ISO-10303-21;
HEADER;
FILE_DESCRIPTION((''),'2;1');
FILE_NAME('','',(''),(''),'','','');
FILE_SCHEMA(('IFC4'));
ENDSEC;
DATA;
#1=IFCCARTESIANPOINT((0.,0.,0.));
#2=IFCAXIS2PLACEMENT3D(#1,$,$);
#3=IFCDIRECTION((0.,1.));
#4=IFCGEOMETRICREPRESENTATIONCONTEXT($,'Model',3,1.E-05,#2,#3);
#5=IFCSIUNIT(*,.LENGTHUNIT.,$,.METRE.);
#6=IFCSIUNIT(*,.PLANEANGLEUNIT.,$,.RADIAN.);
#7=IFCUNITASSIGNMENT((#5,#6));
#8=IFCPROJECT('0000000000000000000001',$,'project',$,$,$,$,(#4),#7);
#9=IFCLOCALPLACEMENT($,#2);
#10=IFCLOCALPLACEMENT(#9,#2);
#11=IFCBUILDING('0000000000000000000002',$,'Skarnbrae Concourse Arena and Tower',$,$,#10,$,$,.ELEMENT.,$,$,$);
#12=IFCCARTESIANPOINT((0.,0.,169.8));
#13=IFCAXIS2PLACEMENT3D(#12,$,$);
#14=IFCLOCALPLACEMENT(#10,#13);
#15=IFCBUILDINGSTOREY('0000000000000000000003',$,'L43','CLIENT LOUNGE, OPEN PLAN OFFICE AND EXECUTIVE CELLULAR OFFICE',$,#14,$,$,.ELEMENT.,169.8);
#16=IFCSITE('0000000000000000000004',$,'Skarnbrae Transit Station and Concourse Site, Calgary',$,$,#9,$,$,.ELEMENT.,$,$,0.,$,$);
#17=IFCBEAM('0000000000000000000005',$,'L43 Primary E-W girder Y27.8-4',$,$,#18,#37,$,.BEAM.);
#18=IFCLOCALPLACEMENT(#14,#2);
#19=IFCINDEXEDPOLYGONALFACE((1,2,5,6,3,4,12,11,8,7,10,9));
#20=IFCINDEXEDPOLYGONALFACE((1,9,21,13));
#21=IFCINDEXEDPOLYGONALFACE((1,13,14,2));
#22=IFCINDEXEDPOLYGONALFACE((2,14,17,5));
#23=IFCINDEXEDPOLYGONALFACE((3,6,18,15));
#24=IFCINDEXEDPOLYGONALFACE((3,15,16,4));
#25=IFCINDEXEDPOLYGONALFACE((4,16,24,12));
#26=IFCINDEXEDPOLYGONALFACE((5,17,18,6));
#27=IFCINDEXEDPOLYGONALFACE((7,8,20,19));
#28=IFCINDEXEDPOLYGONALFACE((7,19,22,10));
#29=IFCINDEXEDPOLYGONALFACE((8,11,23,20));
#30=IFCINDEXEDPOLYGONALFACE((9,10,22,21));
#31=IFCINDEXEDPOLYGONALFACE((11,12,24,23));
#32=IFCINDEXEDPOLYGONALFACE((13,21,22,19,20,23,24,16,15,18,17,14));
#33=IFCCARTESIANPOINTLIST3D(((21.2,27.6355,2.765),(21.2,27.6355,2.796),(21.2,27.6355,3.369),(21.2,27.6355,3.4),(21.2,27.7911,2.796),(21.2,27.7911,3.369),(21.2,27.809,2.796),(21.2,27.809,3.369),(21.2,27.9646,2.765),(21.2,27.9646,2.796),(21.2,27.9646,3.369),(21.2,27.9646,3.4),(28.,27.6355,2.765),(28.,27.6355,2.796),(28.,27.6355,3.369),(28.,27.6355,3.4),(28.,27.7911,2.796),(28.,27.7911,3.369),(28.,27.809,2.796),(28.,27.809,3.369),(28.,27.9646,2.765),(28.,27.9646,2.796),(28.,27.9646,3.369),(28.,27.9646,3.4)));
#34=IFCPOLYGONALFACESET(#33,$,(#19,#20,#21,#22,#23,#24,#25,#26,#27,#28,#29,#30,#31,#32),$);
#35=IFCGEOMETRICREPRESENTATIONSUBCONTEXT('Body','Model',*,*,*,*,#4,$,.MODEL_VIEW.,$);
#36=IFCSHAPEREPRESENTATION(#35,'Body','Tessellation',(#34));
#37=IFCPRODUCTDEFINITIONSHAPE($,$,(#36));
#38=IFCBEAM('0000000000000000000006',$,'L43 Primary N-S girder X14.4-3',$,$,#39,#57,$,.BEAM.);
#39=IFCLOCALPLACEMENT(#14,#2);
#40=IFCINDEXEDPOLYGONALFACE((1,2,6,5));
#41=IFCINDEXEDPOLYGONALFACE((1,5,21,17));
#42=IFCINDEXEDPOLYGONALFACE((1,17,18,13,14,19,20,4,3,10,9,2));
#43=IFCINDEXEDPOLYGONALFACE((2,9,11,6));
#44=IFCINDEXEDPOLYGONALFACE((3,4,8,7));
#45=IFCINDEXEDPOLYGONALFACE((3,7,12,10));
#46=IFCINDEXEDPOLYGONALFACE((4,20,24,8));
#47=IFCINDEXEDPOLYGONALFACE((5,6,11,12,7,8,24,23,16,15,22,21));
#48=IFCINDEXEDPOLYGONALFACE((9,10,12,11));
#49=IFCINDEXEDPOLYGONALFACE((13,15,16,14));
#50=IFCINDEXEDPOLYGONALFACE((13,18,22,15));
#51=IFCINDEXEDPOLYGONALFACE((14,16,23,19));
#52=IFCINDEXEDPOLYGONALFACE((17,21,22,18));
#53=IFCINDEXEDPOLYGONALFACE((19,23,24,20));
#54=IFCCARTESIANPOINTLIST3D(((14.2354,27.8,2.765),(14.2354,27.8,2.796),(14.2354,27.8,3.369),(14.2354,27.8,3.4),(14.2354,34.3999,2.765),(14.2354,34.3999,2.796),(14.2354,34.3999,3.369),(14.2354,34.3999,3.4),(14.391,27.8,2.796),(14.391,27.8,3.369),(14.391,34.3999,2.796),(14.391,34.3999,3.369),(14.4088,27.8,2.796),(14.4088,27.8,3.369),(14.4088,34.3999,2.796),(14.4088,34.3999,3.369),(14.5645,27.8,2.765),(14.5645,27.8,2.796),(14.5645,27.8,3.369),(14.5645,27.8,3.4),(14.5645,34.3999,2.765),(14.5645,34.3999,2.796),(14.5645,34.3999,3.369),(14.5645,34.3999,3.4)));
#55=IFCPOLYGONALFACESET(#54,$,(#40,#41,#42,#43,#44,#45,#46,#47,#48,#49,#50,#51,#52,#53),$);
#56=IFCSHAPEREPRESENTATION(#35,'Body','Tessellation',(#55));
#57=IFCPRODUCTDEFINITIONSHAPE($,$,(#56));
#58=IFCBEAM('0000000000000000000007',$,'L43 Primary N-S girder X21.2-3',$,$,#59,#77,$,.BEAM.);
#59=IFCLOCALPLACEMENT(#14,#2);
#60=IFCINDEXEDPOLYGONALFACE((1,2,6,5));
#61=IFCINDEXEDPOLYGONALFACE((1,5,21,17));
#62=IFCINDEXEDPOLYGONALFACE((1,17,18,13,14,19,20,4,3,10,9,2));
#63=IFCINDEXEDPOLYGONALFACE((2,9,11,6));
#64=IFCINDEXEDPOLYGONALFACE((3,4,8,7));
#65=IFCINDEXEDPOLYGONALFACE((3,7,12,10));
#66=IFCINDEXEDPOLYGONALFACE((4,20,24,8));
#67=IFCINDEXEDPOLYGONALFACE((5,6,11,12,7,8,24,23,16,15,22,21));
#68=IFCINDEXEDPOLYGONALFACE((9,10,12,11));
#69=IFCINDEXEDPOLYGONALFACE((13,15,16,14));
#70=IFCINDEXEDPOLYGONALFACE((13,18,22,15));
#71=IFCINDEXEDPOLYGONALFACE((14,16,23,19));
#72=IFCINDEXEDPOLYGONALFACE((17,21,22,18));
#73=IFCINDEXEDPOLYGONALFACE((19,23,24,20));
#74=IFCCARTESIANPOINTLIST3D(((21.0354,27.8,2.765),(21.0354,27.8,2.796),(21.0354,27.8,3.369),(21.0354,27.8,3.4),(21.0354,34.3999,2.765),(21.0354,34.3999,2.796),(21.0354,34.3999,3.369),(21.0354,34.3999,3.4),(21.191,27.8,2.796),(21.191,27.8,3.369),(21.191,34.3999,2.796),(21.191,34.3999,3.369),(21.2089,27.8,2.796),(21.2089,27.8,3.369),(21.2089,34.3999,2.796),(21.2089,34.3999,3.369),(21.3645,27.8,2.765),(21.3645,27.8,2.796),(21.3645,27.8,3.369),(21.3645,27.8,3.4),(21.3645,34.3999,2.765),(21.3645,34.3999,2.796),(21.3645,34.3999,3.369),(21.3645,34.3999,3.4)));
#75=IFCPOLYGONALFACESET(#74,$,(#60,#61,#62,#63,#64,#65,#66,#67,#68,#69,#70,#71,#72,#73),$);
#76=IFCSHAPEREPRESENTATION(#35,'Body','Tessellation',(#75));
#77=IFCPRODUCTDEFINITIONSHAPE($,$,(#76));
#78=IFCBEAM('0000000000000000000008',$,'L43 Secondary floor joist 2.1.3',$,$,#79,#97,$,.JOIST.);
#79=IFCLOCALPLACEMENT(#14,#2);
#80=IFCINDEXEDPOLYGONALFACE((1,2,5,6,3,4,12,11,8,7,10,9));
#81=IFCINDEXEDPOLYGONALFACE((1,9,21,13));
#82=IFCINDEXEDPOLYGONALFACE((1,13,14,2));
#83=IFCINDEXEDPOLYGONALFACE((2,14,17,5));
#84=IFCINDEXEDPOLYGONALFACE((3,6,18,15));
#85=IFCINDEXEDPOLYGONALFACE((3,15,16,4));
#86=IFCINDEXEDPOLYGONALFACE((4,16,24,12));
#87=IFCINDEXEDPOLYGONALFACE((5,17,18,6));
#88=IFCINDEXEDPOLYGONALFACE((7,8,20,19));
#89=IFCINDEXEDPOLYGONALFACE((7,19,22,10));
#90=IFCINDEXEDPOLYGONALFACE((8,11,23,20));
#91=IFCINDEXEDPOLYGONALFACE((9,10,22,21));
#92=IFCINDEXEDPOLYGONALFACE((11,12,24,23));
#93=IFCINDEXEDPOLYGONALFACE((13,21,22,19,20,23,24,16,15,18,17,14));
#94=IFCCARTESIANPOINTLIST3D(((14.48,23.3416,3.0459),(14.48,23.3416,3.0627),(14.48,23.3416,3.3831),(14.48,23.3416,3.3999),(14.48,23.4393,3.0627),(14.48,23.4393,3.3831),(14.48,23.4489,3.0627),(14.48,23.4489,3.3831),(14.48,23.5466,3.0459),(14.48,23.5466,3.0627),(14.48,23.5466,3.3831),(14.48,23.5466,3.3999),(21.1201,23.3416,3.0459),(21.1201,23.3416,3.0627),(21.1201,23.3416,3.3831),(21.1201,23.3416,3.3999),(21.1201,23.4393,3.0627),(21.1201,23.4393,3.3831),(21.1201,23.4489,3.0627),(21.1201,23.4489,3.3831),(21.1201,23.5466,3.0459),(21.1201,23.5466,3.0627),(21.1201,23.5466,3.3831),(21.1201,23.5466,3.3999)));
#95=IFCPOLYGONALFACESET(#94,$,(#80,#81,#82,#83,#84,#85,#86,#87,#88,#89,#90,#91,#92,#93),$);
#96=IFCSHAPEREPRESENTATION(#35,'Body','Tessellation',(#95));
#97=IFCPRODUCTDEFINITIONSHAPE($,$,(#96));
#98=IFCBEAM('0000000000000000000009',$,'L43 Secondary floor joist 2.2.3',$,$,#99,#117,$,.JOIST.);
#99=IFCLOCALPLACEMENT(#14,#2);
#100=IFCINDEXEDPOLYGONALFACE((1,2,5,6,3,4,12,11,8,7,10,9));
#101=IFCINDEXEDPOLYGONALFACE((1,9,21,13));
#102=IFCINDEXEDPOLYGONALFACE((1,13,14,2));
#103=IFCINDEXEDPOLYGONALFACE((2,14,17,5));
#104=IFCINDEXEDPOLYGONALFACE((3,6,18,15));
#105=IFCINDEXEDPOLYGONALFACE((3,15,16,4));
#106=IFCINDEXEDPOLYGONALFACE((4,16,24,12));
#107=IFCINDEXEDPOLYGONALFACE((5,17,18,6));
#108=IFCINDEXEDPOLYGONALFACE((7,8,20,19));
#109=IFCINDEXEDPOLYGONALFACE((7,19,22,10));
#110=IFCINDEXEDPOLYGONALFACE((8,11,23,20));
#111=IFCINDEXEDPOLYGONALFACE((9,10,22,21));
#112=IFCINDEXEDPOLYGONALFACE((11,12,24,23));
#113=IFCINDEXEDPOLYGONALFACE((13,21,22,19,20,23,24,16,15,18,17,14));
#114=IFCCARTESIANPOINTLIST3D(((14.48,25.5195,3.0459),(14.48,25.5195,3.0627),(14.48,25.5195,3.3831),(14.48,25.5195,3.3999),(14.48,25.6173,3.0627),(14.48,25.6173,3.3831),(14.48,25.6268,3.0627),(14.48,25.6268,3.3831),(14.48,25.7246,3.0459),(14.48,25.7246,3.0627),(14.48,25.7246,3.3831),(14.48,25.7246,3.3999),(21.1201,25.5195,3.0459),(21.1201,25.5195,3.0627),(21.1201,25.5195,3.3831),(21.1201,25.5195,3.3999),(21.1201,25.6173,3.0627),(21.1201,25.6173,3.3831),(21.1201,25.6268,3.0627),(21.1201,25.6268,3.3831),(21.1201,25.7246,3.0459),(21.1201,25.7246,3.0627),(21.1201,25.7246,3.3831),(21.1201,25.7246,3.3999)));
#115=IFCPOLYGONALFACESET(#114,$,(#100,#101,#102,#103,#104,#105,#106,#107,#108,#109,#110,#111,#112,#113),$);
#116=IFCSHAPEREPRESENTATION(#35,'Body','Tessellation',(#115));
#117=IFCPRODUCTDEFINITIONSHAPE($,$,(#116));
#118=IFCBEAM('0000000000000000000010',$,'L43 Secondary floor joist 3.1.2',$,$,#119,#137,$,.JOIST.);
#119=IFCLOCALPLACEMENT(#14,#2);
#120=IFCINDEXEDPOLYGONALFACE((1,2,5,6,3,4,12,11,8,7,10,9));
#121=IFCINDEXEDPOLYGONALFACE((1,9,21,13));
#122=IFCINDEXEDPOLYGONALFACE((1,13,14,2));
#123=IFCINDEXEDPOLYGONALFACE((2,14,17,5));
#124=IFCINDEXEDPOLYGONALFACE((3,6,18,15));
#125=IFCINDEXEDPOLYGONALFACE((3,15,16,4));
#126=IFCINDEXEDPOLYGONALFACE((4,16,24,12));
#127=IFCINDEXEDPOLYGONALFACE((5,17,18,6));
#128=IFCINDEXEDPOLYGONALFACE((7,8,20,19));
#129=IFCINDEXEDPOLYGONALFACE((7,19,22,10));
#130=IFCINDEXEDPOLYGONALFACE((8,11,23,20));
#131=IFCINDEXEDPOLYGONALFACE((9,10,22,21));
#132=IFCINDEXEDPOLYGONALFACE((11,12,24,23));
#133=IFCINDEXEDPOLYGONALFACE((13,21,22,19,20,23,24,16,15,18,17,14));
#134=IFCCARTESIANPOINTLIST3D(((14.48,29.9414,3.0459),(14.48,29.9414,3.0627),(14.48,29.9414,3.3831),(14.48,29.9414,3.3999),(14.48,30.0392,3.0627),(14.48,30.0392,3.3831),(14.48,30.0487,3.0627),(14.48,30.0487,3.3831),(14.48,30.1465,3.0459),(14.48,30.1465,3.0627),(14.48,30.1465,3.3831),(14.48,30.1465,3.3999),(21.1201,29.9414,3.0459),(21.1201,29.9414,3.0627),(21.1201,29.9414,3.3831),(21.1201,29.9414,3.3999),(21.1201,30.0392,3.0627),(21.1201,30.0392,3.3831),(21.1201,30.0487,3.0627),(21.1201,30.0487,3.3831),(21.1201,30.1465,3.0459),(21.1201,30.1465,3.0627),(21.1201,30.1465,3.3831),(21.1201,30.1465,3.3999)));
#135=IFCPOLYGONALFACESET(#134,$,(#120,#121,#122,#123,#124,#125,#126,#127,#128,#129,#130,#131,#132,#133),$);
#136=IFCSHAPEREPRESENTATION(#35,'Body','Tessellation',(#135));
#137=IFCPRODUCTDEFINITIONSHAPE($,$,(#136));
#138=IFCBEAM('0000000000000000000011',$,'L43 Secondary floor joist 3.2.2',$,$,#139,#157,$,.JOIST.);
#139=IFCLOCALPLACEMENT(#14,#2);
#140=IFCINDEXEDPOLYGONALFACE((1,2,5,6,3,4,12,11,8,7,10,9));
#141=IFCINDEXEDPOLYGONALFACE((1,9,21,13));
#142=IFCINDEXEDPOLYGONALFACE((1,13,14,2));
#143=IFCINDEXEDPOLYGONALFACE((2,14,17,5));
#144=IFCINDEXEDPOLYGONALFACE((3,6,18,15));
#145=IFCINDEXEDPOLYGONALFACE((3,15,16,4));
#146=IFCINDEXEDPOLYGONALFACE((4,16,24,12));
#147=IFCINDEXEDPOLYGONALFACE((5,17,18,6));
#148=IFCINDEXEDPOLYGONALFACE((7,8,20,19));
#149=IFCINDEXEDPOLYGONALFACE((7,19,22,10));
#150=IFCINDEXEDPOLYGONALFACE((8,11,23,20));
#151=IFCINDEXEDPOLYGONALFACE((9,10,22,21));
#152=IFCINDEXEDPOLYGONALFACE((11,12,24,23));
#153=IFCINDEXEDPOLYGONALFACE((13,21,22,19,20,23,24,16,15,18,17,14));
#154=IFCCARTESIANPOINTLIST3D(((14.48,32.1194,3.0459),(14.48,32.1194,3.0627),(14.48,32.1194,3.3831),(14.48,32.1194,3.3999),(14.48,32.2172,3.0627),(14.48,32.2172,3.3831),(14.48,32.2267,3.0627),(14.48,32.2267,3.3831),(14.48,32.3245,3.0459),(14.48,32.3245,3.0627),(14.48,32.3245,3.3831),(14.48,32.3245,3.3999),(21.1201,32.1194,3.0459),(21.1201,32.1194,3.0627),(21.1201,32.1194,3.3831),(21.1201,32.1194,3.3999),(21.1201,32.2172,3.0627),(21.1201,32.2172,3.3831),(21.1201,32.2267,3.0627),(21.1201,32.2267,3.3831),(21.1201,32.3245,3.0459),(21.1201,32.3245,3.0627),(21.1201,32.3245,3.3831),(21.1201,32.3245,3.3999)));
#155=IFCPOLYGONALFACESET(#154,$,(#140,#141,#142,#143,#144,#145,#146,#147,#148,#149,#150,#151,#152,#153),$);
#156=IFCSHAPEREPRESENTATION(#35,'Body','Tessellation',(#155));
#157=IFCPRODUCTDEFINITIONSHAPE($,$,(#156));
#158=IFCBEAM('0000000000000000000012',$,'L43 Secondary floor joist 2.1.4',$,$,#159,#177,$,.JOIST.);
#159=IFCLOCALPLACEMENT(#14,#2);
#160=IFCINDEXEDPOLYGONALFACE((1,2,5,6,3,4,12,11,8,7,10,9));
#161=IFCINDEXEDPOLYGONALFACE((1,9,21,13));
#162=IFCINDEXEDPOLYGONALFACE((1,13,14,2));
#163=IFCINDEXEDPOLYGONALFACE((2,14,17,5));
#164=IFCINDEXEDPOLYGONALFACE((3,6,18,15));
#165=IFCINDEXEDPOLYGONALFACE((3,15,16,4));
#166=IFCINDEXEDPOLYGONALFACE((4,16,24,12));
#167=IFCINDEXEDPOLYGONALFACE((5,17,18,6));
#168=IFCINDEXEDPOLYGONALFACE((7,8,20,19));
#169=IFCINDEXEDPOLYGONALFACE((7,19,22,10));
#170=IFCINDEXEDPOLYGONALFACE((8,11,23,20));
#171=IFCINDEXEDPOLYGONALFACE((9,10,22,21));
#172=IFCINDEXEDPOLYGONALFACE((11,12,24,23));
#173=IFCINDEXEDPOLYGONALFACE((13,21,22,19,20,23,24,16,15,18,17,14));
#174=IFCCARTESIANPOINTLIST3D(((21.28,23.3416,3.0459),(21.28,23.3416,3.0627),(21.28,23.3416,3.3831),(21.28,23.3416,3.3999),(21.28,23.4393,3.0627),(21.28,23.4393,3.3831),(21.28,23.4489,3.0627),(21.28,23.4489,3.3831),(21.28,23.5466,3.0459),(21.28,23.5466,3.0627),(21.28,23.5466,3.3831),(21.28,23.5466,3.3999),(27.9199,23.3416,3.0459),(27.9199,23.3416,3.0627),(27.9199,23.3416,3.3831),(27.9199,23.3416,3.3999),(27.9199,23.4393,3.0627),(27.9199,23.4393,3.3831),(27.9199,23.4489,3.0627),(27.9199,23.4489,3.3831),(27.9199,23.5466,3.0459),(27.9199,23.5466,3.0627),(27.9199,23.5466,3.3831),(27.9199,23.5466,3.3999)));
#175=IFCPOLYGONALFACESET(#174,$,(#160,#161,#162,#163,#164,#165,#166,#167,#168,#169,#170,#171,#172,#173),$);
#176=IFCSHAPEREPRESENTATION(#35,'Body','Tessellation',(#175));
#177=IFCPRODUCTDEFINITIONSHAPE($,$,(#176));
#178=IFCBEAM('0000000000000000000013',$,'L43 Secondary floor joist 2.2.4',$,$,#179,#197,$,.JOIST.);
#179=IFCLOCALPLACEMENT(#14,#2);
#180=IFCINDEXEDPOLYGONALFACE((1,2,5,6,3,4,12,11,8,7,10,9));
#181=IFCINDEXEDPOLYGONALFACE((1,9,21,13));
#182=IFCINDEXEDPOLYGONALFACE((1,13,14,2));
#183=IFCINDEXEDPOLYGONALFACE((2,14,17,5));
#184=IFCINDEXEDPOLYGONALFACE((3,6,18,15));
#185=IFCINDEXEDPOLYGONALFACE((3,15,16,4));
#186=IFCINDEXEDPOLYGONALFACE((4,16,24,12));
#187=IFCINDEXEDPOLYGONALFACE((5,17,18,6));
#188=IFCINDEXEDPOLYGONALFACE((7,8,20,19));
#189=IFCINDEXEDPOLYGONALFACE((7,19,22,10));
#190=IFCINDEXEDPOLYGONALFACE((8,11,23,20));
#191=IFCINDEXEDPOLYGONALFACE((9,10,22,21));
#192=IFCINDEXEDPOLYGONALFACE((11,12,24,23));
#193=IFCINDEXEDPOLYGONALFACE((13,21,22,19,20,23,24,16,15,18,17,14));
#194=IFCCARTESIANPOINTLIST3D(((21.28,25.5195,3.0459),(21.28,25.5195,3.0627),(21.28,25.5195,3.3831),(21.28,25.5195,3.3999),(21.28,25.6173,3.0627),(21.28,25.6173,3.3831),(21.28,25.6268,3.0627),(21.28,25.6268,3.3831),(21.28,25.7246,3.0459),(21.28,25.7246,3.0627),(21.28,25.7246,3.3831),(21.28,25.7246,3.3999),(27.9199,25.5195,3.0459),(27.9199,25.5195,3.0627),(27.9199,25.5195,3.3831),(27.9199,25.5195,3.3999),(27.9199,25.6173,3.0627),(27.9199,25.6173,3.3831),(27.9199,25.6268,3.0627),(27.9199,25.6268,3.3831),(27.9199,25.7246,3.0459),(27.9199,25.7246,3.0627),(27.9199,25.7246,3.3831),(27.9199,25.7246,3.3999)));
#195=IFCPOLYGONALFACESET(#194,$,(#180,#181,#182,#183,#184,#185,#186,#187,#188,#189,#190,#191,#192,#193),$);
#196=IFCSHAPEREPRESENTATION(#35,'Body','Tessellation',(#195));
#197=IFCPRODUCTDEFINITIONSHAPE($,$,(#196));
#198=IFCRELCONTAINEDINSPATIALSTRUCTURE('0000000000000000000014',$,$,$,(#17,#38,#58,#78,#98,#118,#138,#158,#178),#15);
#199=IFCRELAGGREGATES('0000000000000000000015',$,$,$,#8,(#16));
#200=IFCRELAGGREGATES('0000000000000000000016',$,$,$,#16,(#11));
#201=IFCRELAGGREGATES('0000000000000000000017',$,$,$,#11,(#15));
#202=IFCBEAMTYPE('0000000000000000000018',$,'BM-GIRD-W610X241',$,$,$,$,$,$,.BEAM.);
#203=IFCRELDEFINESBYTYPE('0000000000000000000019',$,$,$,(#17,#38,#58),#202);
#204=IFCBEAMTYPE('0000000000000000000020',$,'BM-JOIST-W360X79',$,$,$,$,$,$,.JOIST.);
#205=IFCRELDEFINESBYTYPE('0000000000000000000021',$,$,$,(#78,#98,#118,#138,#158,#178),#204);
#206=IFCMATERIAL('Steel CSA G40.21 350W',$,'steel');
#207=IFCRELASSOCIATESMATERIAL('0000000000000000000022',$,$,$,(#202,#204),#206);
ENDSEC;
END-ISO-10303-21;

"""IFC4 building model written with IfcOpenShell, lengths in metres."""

from ifc_helpers import new_model, si_unit, direction, frame, origin, origin_2d, place, context, subcontext, project, spatial, i_section, extrude, source, transform, mapped, material, material_profile, profile_set, type_object, element, save


model = new_model("IFC4")

# Units and contexts
model_context = context("Model", 3, precision=1e-05, world=origin(), true_north=direction((0.0, 1.0)))
body_context = subcontext(model_context, "Body", "Model", "MODEL_VIEW")
ifc_project = project(units=[si_unit("LENGTHUNIT", "METRE"), si_unit("PLANEANGLEUNIT", "RADIAN")], contexts=[model_context])

# Site, building, storey
site_placement = place(None, origin())
site = spatial("IfcSite", under=ifc_project, at=site_placement, Name="Skarnbrae Transit Station and Concourse Site, Calgary", CompositionType="ELEMENT", RefElevation=0.0)
building_placement = place(site_placement, origin())
building = spatial("IfcBuilding", under=site, at=building_placement, Name="Skarnbrae Concourse Arena and Tower", CompositionType="ELEMENT")
storey_placement = place(building_placement, frame((0.0, 0.0, 169.8)))
storey = spatial("IfcBuildingStorey", under=building, at=storey_placement, Name="L43", Description="CLIENT LOUNGE, OPEN PLAN OFFICE AND EXECUTIVE CELLULAR OFFICE", CompositionType="ELEMENT", Elevation=169.8)

# Shared definitions
ifc_material = material(Name="Steel CSA G40.21 350W", Category="steel")

# Beams
ifc_material_profile_1 = material_profile(ifc_material, i_section(OverallWidth=0.3291, OverallDepth=0.635, WebThickness=0.0178, FlangeThickness=0.031, at=origin_2d()), Name="W610X241")
ifc_profile_set_1 = profile_set([ifc_material_profile_1], Name="Steel CSA G40.21 350W")
beam_type_1 = type_object("IfcBeamType", Name="BM-GIRD-W610X241", PredefinedType="BEAM", material=ifc_profile_set_1)
shared_shape_1 = source(origin(), body_context, "Body", "SweptSolid", [
    extrude(i_section(OverallWidth=0.3291, OverallDepth=0.635, WebThickness=0.0178, FlangeThickness=0.031, at=origin_2d()), origin(), (0.0, 0.0, 1.0), 6.8),
])
for number, where, z_axis, x_axis, name in (
    (1, (21.2, 27.8, 3.0825), (1.0, 0.0, 0.0), (0.0, 1.0, 0.0), "L43 Primary E-W girder Y27.8-4"),
):
    element("IfcBeam", number, at=place(storey_placement, frame(where, z_axis=z_axis, x_axis=x_axis)), inside=storey, type_object=beam_type_1, Name=name, PredefinedType="BEAM", context=body_context, shape_type="MappedRepresentation", body=[
        mapped(shared_shape_1, transform((0.0, 0.0, 0.0))),
    ])
shared_shape_2 = source(origin(), body_context, "Body", "SweptSolid", [
    extrude(i_section(OverallWidth=0.3291, OverallDepth=0.635, WebThickness=0.0178, FlangeThickness=0.031, at=origin_2d()), origin(), (0.0, 0.0, 1.0), 6.5999),
])
for number, where, z_axis, x_axis, name in (
    (2, (14.3999, 27.8, 3.0825), (0.0, 1.0, 0.0), (-1.0, 0.0, 0.0), "L43 Primary N-S girder X14.4-3"),
    (3, (21.2, 27.8, 3.0825), (0.0, 1.0, 0.0), (-1.0, 0.0, 0.0), "L43 Primary N-S girder X21.2-3"),
):
    element("IfcBeam", number, at=place(storey_placement, frame(where, z_axis=z_axis, x_axis=x_axis)), inside=storey, type_object=beam_type_1, Name=name, PredefinedType="BEAM", context=body_context, shape_type="MappedRepresentation", body=[
        mapped(shared_shape_2, transform((0.0, 0.0, 0.0))),
    ])
ifc_material_profile_2 = material_profile(ifc_material, i_section(OverallWidth=0.2051, OverallDepth=0.354, WebThickness=0.0095, FlangeThickness=0.0168, at=origin_2d()), Name="W360X79")
ifc_profile_set_2 = profile_set([ifc_material_profile_2], Name="Steel CSA G40.21 350W")
beam_type_2 = type_object("IfcBeamType", Name="BM-JOIST-W360X79", PredefinedType="JOIST", material=ifc_profile_set_2)
shared_shape_3 = source(origin(), body_context, "Body", "SweptSolid", [
    extrude(i_section(OverallWidth=0.2051, OverallDepth=0.354, WebThickness=0.0095, FlangeThickness=0.0168, at=origin_2d()), origin(), (0.0, 0.0, 1.0), 6.6401),
])
for number, where, z_axis, x_axis, name in (
    (4, (14.48, 23.4441, 3.2229), (1.0, 0.0, 0.0), (0.0, 1.0, 0.0), "L43 Secondary floor joist 2.1.3"),
    (5, (14.48, 25.6221, 3.2229), (1.0, 0.0, 0.0), (0.0, 1.0, 0.0), "L43 Secondary floor joist 2.2.3"),
    (6, (14.48, 30.0439, 3.2229), (1.0, 0.0, 0.0), (0.0, 1.0, 0.0), "L43 Secondary floor joist 3.1.2"),
    (7, (14.48, 32.2219, 3.2229), (1.0, 0.0, 0.0), (0.0, 1.0, 0.0), "L43 Secondary floor joist 3.2.2"),
):
    element("IfcBeam", number, at=place(storey_placement, frame(where, z_axis=z_axis, x_axis=x_axis)), inside=storey, type_object=beam_type_2, Name=name, PredefinedType="JOIST", context=body_context, shape_type="MappedRepresentation", body=[
        mapped(shared_shape_3, transform((0.0, 0.0, 0.0))),
    ])
shared_shape_4 = source(origin(), body_context, "Body", "SweptSolid", [
    extrude(i_section(OverallWidth=0.2051, OverallDepth=0.354, WebThickness=0.0095, FlangeThickness=0.0168, at=origin_2d()), origin(), (0.0, 0.0, 1.0), 6.6399),
])
for number, where, z_axis, x_axis, name in (
    (8, (21.28, 23.4441, 3.2229), (1.0, 0.0, 0.0), (0.0, 1.0, 0.0), "L43 Secondary floor joist 2.1.4"),
    (9, (21.28, 25.6221, 3.2229), (1.0, 0.0, 0.0), (0.0, 1.0, 0.0), "L43 Secondary floor joist 2.2.4"),
):
    element("IfcBeam", number, at=place(storey_placement, frame(where, z_axis=z_axis, x_axis=x_axis)), inside=storey, type_object=beam_type_2, Name=name, PredefinedType="JOIST", context=body_context, shape_type="MappedRepresentation", body=[
        mapped(shared_shape_4, transform((0.0, 0.0, 0.0))),
    ])

save(model, "model.ifc")
